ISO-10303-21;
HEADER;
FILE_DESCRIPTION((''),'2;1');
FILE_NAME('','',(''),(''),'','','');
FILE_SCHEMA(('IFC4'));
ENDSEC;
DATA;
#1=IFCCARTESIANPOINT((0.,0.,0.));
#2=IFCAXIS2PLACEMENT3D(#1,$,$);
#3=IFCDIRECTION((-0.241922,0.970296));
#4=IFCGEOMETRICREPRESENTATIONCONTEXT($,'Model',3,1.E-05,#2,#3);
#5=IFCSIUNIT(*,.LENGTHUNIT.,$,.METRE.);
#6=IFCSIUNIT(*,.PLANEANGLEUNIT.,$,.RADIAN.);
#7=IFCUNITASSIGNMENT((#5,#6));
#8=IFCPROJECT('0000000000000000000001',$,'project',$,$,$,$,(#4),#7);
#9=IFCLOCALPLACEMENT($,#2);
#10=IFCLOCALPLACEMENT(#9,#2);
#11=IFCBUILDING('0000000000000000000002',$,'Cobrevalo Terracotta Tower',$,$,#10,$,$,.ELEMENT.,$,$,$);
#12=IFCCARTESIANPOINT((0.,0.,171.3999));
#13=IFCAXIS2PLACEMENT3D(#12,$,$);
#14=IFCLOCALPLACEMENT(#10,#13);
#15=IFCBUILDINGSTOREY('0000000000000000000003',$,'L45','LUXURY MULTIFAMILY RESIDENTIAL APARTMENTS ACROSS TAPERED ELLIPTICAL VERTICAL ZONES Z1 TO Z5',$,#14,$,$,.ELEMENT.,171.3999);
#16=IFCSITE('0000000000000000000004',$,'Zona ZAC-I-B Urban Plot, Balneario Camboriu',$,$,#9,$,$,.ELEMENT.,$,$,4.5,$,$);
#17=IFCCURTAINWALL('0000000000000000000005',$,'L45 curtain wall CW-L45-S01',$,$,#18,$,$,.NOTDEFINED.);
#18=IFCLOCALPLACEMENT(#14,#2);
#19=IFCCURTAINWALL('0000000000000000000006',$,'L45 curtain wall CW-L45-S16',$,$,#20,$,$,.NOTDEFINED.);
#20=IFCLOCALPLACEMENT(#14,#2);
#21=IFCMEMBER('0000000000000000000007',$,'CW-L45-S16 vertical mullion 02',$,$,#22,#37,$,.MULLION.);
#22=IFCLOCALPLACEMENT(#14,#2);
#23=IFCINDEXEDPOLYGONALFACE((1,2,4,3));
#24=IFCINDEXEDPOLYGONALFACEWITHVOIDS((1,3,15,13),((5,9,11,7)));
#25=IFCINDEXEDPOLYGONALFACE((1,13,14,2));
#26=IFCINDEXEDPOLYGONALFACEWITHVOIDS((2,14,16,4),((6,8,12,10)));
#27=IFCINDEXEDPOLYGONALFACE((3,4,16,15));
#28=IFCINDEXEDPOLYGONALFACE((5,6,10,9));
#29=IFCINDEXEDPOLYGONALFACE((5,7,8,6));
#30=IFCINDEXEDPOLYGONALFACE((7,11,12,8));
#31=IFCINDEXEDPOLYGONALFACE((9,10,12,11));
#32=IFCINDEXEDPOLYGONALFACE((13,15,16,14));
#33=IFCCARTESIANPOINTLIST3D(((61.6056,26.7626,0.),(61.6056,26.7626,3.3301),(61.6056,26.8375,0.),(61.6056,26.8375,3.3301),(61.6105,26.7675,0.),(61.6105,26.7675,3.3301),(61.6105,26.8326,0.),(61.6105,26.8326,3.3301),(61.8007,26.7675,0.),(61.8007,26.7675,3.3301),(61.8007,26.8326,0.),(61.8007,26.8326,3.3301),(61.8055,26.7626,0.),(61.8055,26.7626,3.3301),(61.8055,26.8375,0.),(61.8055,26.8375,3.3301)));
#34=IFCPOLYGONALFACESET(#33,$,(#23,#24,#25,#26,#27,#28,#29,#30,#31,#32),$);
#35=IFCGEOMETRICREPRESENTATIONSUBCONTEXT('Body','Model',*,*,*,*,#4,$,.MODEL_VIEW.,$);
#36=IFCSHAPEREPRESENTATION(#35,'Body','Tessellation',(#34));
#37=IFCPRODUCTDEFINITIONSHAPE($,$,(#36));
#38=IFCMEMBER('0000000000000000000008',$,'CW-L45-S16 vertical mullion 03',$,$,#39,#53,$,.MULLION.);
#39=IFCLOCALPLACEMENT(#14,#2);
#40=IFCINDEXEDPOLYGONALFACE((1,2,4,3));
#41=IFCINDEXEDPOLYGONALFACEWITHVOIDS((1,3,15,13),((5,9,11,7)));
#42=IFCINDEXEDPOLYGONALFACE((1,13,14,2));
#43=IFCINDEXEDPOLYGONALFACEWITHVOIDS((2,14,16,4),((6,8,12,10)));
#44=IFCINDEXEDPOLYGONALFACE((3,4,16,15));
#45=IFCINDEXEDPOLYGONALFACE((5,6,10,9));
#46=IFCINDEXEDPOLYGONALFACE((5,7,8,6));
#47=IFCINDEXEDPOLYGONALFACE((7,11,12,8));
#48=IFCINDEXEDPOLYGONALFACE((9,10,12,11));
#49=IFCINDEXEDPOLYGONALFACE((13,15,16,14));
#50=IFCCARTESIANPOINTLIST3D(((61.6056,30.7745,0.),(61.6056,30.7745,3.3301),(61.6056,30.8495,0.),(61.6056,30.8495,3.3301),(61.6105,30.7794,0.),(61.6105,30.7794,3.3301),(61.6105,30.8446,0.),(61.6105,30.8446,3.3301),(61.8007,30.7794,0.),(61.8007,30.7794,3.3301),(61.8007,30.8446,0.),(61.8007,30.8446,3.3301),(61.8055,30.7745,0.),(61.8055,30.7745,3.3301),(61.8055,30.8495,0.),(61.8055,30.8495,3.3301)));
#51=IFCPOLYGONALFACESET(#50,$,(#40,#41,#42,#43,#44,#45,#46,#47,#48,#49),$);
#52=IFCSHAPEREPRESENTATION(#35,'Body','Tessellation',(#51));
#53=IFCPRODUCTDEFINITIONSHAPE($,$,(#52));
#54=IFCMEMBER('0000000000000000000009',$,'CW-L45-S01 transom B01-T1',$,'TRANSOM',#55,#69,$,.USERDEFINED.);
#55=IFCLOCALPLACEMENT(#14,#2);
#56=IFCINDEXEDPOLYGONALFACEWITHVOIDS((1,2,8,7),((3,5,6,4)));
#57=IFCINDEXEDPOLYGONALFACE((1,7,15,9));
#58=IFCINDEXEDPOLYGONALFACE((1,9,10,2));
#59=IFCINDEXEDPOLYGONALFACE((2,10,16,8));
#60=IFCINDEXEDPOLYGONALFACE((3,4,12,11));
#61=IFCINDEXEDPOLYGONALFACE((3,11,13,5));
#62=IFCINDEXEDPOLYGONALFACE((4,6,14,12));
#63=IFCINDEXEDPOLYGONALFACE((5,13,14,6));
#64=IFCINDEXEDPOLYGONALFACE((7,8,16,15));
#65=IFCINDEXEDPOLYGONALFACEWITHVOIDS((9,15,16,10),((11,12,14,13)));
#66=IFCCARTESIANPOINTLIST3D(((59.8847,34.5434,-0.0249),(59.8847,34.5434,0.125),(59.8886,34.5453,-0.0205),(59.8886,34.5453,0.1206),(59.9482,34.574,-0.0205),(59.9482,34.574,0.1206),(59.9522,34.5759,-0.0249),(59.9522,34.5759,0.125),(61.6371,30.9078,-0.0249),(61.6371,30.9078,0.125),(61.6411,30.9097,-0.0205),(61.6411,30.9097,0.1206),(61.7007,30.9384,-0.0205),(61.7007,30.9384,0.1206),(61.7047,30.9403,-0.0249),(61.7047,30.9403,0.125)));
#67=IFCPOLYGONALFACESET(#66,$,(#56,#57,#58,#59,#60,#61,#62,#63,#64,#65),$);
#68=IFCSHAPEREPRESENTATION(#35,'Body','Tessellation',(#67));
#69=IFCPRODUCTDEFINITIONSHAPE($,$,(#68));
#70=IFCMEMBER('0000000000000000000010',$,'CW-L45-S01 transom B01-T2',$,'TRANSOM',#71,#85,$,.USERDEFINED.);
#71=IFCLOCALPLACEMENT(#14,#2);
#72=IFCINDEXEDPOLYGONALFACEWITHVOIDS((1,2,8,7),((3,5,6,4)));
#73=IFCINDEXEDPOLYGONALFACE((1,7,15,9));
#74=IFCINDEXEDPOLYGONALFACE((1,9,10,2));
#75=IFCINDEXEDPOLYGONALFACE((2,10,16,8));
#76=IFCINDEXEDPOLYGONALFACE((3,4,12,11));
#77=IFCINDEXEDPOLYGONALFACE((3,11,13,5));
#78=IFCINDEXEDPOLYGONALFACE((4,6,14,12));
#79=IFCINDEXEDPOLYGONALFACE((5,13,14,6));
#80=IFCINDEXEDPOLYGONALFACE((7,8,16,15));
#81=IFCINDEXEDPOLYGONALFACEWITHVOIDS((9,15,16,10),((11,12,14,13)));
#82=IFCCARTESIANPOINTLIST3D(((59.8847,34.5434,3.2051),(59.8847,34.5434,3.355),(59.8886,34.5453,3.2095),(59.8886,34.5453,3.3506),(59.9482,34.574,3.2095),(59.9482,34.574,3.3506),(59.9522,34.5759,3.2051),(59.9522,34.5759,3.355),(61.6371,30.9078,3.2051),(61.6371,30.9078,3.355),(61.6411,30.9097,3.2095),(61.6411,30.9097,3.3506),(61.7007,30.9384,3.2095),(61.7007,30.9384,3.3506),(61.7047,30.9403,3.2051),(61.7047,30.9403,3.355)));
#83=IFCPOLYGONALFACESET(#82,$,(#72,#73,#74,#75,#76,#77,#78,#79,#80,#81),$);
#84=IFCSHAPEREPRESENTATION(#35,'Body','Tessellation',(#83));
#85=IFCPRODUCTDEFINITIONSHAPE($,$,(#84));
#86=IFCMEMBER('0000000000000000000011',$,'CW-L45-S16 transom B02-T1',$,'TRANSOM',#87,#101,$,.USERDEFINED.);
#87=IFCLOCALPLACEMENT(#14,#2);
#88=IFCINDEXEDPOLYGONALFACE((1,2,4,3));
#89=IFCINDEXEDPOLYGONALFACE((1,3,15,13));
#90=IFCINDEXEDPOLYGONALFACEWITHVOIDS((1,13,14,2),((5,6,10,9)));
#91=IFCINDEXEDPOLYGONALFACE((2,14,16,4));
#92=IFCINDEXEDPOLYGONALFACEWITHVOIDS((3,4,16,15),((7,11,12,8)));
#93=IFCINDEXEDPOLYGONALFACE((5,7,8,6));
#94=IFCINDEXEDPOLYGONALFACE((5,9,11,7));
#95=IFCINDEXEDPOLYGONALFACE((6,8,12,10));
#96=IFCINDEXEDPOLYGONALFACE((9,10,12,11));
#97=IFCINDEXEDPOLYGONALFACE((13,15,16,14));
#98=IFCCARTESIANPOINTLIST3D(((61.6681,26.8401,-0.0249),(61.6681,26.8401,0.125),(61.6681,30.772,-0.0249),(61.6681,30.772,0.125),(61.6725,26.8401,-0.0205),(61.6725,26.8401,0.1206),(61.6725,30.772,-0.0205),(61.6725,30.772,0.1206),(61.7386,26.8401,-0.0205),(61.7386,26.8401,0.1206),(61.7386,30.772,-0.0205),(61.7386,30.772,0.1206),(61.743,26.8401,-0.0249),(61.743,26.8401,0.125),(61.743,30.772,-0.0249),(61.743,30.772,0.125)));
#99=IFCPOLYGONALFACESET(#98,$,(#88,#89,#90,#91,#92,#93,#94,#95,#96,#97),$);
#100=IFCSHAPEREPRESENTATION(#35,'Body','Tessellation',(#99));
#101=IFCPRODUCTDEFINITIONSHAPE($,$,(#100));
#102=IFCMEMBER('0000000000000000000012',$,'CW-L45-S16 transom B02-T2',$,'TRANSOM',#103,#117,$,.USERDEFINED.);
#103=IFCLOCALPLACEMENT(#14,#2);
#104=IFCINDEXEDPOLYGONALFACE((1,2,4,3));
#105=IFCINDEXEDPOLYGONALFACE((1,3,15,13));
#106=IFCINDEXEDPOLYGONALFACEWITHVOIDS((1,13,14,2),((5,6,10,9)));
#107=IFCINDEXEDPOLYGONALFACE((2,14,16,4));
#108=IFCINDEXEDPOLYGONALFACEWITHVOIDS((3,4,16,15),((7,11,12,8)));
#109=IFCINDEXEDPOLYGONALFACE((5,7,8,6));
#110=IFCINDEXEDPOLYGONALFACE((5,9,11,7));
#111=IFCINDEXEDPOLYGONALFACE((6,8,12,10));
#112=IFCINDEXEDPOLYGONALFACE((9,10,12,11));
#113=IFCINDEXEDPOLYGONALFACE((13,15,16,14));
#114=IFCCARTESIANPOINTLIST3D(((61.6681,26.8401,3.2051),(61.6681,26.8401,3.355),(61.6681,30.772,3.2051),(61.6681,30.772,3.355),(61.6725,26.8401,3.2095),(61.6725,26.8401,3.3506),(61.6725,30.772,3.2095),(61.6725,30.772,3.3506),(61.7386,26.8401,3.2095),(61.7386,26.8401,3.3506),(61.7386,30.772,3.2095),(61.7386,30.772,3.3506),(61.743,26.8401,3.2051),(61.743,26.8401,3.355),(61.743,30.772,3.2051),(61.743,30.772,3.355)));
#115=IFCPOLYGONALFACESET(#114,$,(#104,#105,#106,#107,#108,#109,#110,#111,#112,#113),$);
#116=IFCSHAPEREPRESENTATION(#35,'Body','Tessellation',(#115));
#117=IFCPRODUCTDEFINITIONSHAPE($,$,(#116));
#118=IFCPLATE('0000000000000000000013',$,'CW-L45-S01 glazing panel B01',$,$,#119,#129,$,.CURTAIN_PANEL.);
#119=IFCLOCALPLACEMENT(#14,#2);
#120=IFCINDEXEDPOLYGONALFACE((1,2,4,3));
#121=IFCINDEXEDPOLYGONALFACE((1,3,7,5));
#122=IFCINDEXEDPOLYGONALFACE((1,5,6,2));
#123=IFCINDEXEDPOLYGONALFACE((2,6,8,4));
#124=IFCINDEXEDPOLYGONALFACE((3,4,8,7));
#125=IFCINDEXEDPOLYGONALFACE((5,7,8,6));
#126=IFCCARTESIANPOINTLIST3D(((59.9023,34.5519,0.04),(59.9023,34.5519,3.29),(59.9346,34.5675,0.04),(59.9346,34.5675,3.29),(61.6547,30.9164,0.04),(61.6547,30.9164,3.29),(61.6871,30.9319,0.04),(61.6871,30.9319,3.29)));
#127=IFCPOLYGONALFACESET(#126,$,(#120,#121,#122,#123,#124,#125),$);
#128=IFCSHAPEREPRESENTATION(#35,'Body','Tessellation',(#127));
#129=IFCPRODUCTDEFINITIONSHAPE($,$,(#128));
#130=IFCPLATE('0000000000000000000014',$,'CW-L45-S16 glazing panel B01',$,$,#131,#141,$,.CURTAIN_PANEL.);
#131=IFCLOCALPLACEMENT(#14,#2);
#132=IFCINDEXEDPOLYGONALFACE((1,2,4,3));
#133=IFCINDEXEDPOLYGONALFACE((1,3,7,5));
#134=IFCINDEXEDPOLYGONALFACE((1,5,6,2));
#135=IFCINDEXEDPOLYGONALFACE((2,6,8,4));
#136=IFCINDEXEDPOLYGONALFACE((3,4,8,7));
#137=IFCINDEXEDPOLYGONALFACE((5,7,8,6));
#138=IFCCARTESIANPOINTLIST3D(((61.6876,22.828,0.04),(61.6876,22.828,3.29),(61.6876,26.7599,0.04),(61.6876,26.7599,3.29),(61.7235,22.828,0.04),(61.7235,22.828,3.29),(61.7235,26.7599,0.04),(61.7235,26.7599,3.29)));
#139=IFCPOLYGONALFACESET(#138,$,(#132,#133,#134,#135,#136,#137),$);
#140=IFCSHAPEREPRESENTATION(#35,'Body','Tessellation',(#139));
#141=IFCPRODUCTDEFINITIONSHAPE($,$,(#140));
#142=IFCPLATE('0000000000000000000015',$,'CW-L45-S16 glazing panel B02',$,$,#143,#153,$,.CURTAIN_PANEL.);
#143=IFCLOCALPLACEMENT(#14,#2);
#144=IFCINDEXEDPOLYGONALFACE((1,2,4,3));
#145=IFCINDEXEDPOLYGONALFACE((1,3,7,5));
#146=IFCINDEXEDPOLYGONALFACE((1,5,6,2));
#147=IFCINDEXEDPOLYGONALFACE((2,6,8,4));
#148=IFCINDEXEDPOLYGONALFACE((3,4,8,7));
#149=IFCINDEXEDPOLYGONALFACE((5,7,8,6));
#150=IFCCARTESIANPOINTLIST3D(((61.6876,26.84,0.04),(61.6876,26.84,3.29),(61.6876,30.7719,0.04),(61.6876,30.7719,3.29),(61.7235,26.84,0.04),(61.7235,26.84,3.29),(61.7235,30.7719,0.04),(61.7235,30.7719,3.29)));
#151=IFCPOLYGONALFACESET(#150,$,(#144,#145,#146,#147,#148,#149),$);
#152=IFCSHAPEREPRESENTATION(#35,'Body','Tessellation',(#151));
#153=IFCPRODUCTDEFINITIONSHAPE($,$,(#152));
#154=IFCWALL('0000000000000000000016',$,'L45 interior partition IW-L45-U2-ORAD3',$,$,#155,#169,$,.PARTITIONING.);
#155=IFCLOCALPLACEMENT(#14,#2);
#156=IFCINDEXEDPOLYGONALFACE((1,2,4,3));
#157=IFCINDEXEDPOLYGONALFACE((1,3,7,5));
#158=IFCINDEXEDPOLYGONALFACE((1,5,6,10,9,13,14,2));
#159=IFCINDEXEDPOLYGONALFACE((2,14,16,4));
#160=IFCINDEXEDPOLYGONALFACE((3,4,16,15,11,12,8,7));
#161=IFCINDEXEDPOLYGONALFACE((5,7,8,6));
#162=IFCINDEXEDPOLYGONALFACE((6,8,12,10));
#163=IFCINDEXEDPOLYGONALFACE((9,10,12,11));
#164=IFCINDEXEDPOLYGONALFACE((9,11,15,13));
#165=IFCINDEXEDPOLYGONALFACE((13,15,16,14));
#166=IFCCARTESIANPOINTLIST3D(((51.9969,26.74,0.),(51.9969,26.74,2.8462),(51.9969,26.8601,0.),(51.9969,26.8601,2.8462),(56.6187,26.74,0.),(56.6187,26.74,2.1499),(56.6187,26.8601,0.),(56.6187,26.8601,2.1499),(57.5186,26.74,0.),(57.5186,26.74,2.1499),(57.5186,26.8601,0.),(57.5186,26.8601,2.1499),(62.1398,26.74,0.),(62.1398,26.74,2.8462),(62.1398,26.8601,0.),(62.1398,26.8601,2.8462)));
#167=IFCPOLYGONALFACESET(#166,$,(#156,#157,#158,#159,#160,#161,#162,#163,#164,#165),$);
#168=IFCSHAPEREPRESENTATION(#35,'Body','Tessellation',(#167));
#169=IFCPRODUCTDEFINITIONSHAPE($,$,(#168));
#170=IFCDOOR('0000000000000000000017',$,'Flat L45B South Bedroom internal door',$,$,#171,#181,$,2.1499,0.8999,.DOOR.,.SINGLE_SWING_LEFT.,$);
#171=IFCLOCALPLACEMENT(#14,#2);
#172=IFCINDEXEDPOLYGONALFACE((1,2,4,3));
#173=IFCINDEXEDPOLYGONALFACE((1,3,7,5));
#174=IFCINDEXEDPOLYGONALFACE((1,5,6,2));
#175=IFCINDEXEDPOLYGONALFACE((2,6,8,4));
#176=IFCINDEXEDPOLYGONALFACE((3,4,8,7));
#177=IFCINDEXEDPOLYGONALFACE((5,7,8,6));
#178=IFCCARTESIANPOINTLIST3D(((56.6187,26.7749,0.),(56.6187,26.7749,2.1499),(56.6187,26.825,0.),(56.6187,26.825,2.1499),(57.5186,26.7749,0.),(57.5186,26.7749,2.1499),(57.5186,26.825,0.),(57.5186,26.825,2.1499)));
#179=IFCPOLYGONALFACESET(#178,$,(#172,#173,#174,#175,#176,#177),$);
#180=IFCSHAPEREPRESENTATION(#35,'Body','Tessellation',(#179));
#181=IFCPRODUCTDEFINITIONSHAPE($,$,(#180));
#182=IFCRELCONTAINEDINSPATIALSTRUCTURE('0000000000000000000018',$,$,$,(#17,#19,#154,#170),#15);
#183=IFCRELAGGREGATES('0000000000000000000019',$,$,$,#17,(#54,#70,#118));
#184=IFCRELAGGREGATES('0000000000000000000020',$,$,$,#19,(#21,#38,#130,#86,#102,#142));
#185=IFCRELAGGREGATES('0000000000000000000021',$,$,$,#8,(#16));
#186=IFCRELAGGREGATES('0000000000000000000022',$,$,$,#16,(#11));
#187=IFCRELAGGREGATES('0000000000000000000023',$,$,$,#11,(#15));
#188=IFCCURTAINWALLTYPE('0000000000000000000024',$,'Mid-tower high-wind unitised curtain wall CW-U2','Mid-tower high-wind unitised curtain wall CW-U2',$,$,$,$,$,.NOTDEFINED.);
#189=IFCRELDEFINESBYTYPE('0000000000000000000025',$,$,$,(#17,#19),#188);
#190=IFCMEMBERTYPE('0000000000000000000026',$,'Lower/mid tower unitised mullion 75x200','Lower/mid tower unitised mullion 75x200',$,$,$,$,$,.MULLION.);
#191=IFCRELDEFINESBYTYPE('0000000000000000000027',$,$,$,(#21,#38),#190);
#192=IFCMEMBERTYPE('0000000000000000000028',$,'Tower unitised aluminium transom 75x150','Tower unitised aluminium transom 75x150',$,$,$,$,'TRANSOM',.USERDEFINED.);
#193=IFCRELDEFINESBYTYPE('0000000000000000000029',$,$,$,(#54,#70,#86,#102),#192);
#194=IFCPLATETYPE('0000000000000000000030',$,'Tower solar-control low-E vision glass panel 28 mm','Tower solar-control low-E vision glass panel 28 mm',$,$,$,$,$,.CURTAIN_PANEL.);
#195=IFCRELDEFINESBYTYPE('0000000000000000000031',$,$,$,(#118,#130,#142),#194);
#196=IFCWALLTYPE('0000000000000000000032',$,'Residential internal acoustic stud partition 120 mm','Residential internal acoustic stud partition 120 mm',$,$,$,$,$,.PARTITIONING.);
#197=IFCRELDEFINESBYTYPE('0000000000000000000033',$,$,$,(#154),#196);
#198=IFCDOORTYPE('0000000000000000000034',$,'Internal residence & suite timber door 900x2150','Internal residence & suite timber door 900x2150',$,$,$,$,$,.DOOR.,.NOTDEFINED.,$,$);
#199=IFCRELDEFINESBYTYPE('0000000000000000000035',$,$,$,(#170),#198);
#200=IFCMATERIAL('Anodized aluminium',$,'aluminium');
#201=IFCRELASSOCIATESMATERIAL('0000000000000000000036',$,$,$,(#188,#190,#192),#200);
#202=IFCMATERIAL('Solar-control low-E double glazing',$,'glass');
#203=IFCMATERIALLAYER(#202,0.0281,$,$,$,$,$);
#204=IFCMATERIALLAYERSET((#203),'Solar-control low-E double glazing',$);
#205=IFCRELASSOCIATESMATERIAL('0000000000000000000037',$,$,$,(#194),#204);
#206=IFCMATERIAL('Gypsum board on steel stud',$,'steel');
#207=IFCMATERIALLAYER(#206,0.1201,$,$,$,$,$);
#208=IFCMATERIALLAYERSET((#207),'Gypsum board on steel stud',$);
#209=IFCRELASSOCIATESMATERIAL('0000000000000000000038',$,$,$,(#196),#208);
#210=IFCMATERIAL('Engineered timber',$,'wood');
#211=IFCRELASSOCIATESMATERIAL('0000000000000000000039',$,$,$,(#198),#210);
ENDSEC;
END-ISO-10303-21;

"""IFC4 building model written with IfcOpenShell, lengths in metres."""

from ifc_helpers import new_model, si_unit, direction, frame, frame_2d, origin, origin_2d, place, context, subcontext, project, spatial, rectangle, hollow_rectangle, extrude, source, transform, mapped, material, layer, layer_set, material_profile, profile_set, type_object, element, fill, aggregate, save


model = new_model("IFC4")

# Units and contexts
model_context = context("Model", 3, precision=1e-05, world=origin(), true_north=direction((-0.241922, 0.970296)))
body_context = subcontext(model_context, "Body", "Model", "MODEL_VIEW")
ifc_project = project(units=[si_unit("LENGTHUNIT", "METRE"), si_unit("PLANEANGLEUNIT", "RADIAN")], contexts=[model_context])

# Site, building, storey
site_placement = place(None, origin())
site = spatial("IfcSite", under=ifc_project, at=site_placement, Name="Zona ZAC-I-B Urban Plot, Balneario Camboriu", CompositionType="ELEMENT", RefElevation=4.5)
building_placement = place(site_placement, origin())
building = spatial("IfcBuilding", under=site, at=building_placement, Name="Cobrevalo Terracotta Tower", CompositionType="ELEMENT")
storey_placement = place(building_placement, frame((0.0, 0.0, 171.3999)))
storey = spatial("IfcBuildingStorey", under=building, at=storey_placement, Name="L45", Description="LUXURY MULTIFAMILY RESIDENTIAL APARTMENTS ACROSS TAPERED ELLIPTICAL VERTICAL ZONES Z1 TO Z5", CompositionType="ELEMENT", Elevation=171.3999)

# Curtain wall
ifc_material_1 = material(Name="Anodized aluminium", Category="aluminium")
curtain_wall_type = type_object("IfcCurtainWallType", Name="Mid-tower high-wind unitised curtain wall CW-U2", Description="Mid-tower high-wind unitised curtain wall CW-U2", PredefinedType="NOTDEFINED", material=ifc_material_1)
curtain_wall_1_placement = place(storey_placement, origin())
curtain_wall_1 = element("IfcCurtainWall", 1, at=curtain_wall_1_placement, inside=storey, type_object=curtain_wall_type, Name="L45 curtain wall CW-L45-S01", PredefinedType="NOTDEFINED")
ifc_material_profile_1 = material_profile(ifc_material_1, hollow_rectangle(XDim=0.075, YDim=0.2, WallThickness=0.0049, at=origin_2d()), Name="CWM 75x200")
ifc_profile_set_1 = profile_set([ifc_material_profile_1], Name="Anodized aluminium")
member_type_1 = type_object("IfcMemberType", Name="Lower/mid tower unitised mullion 75x200", Description="Lower/mid tower unitised mullion 75x200", PredefinedType="MULLION", material=ifc_profile_set_1)
shared_shape_1 = source(origin(), body_context, "Body", "SweptSolid", [
    extrude(hollow_rectangle(XDim=0.075, YDim=0.2, WallThickness=0.0049, at=origin_2d()), origin(), (0.0, 0.0, 1.0), 3.3301),
])

# Curtain wall, members
curtain_wall_2_placement = place(storey_placement, origin())
curtain_wall_2 = element("IfcCurtainWall", 2, at=curtain_wall_2_placement, inside=storey, type_object=curtain_wall_type, Name="L45 curtain wall CW-L45-S16", PredefinedType="NOTDEFINED")
member_1_placement = place(storey_placement, frame((61.7056, 26.8, 0.0), z_axis=(0.0, 0.0, 1.0), x_axis=(0.0, 1.0, 0.0)))
member_1 = element("IfcMember", 3, at=member_1_placement, type_object=member_type_1, Name="CW-L45-S16 vertical mullion 02", PredefinedType="MULLION", context=body_context, shape_type="MappedRepresentation", body=[
    mapped(shared_shape_1, transform((0.0, 0.0, 0.0), scale=1.0)),
])
member_2_placement = place(storey_placement, frame((61.7056, 30.812, 0.0), z_axis=(0.0, 0.0, 1.0), x_axis=(0.0, 1.0, 0.0)))
member_2 = element("IfcMember", 4, at=member_2_placement, type_object=member_type_1, Name="CW-L45-S16 vertical mullion 03", PredefinedType="MULLION", context=body_context, shape_type="MappedRepresentation", body=[
    mapped(shared_shape_1, transform((0.0, 0.0, 0.0), scale=1.0)),
])

# Members
ifc_material_profile_2 = material_profile(ifc_material_1, hollow_rectangle(XDim=0.075, YDim=0.1499, WallThickness=0.0044, at=origin_2d()), Name="CWT 75x150")
ifc_profile_set_2 = profile_set([ifc_material_profile_2], Name="Anodized aluminium")
member_type_2 = type_object("IfcMemberType", Name="Tower unitised aluminium transom 75x150", Description="Tower unitised aluminium transom 75x150", ElementType="TRANSOM", PredefinedType="USERDEFINED", material=ifc_profile_set_2)
shared_shape_2 = source(origin(), body_context, "Body", "SweptSolid", [
    extrude(hollow_rectangle(XDim=0.075, YDim=0.1499, WallThickness=0.0044, at=origin_2d()), origin(), (0.0, 0.0, 1.0), 4.0359),
])
member_3_placement = place(storey_placement, frame((61.6709, 30.9241, 0.05), z_axis=(-0.434221, 0.900806, 0.0), x_axis=(-0.900806, -0.434221, 0.0)))
member_3 = element("IfcMember", 5, at=member_3_placement, type_object=member_type_2, Name="CW-L45-S01 transom B01-T1", ObjectType="TRANSOM", PredefinedType="USERDEFINED", context=body_context, shape_type="MappedRepresentation", body=[
    mapped(shared_shape_2, transform((0.0, 0.0, 0.0), scale=1.0)),
])
member_4_placement = place(storey_placement, frame((61.6709, 30.9241, 3.28), z_axis=(-0.434221, 0.900806, 0.0), x_axis=(-0.900806, -0.434221, 0.0)))
member_4 = element("IfcMember", 6, at=member_4_placement, type_object=member_type_2, Name="CW-L45-S01 transom B01-T2", ObjectType="TRANSOM", PredefinedType="USERDEFINED", context=body_context, shape_type="MappedRepresentation", body=[
    mapped(shared_shape_2, transform((0.0, 0.0, 0.0), scale=1.0)),
])
shared_shape_3 = source(origin(), body_context, "Body", "SweptSolid", [
    extrude(hollow_rectangle(XDim=0.075, YDim=0.1499, WallThickness=0.0044, at=origin_2d()), origin(), (0.0, 0.0, 1.0), 3.9319),
])
member_5_placement = place(storey_placement, frame((61.7056, 26.8401, 0.05), z_axis=(0.0, 1.0, 0.0), x_axis=(-1.0, 0.0, 0.0)))
member_5 = element("IfcMember", 7, at=member_5_placement, type_object=member_type_2, Name="CW-L45-S16 transom B02-T1", ObjectType="TRANSOM", PredefinedType="USERDEFINED", context=body_context, shape_type="MappedRepresentation", body=[
    mapped(shared_shape_3, transform((0.0, 0.0, 0.0), scale=1.0)),
])
member_6_placement = place(storey_placement, frame((61.7056, 26.8401, 3.28), z_axis=(0.0, 1.0, 0.0), x_axis=(-1.0, 0.0, 0.0)))
member_6 = element("IfcMember", 8, at=member_6_placement, type_object=member_type_2, Name="CW-L45-S16 transom B02-T2", ObjectType="TRANSOM", PredefinedType="USERDEFINED", context=body_context, shape_type="MappedRepresentation", body=[
    mapped(shared_shape_3, transform((0.0, 0.0, 0.0), scale=1.0)),
])

# Plates
ifc_material_2 = material(Name="Solar-control low-E double glazing", Category="glass")
ifc_layer_1 = layer(ifc_material_2, 0.0281)
ifc_layer_set_1 = layer_set([ifc_layer_1], Name="Solar-control low-E double glazing")
plate_type = type_object("IfcPlateType", Name="Tower solar-control low-E vision glass panel 28 mm", Description="Tower solar-control low-E vision glass panel 28 mm", PredefinedType="CURTAIN_PANEL", material=ifc_layer_set_1)
shared_shape_4 = source(origin(), body_context, "Body", "SweptSolid", [
    extrude(rectangle(XDim=4.0359, YDim=0.0359, at=origin_2d()), origin(), (0.0, 0.0, 1.0), 3.25),
])
plate_1_placement = place(storey_placement, frame((60.7947, 32.7419, 0.04), z_axis=(0.0, 0.0, 1.0), x_axis=(-0.434209, 0.900812, 0.0)))
plate_1 = element("IfcPlate", 9, at=plate_1_placement, type_object=plate_type, Name="CW-L45-S01 glazing panel B01", PredefinedType="CURTAIN_PANEL", context=body_context, shape_type="MappedRepresentation", body=[
    mapped(shared_shape_4, transform((0.0, 0.0, 0.0), scale=1.0)),
])
aggregate(curtain_wall_1, [member_3, member_4, plate_1])
shared_shape_5 = source(origin(), body_context, "Body", "SweptSolid", [
    extrude(rectangle(XDim=3.9319, YDim=0.0359, at=origin_2d()), origin(), (0.0, 0.0, 1.0), 3.25),
])
plate_2_placement = place(storey_placement, frame((61.7056, 24.7939, 0.04), z_axis=(0.0, 0.0, 1.0), x_axis=(0.0, 1.0, 0.0)))
plate_2 = element("IfcPlate", 10, at=plate_2_placement, type_object=plate_type, Name="CW-L45-S16 glazing panel B01", PredefinedType="CURTAIN_PANEL", context=body_context, shape_type="MappedRepresentation", body=[
    mapped(shared_shape_5, transform((0.0, 0.0, 0.0), scale=1.0)),
])
plate_3_placement = place(storey_placement, frame((61.7056, 28.8059, 0.04), z_axis=(0.0, 0.0, 1.0), x_axis=(0.0, 1.0, 0.0)))
plate_3 = element("IfcPlate", 11, at=plate_3_placement, type_object=plate_type, Name="CW-L45-S16 glazing panel B02", PredefinedType="CURTAIN_PANEL", context=body_context, shape_type="MappedRepresentation", body=[
    mapped(shared_shape_5, transform((0.0, 0.0, 0.0), scale=1.0)),
])
aggregate(curtain_wall_2, [member_1, member_2, plate_2, member_5, member_6, plate_3])

# Wall, opening, door
ifc_material_3 = material(Name="Gypsum board on steel stud", Category="steel")
ifc_layer_2 = layer(ifc_material_3, 0.1201)
ifc_layer_set_2 = layer_set([ifc_layer_2], Name="Gypsum board on steel stud")
wall_type = type_object("IfcWallType", Name="Residential internal acoustic stud partition 120 mm", Description="Residential internal acoustic stud partition 120 mm", PredefinedType="PARTITIONING", material=ifc_layer_set_2)
wall_1_placement = place(storey_placement, frame((51.9971, 26.8, 0.0), z_axis=(0.0, 0.0, 1.0), x_axis=(1.0, 0.0, 0.0)))
wall_1 = element("IfcWall", 12, at=wall_1_placement, inside=storey, type_object=wall_type, Name="L45 interior partition IW-L45-U2-ORAD3", PredefinedType="PARTITIONING", context=body_context, shape_type="SweptSolid", body=[
    extrude(rectangle(XDim=10.1428, YDim=0.1201, at=frame_2d((5.0713, 0.0))), origin(), (0.0, 0.0, 1.0), 2.8462),
])
opening_1_placement = place(wall_1_placement, frame((4.6216, 0.0, 0.0)))
opening_1 = element("IfcOpeningElement", 13, at=opening_1_placement, cuts=wall_1, PredefinedType="OPENING", context=body_context, shape_type="SweptSolid", body=[
    extrude(rectangle(XDim=0.8999, YDim=2.1499, at=frame_2d((0.45, 1.075))), frame((0.0, 0.0701, 0.0), z_axis=(0.0, -1.0, 0.0), x_axis=(1.0, 0.0, 0.0)), (0.0, 0.0, 1.0), 0.1401),
])
ifc_material_4 = material(Name="Engineered timber", Category="wood")
door_type = type_object("IfcDoorType", Name="Internal residence & suite timber door 900x2150", Description="Internal residence & suite timber door 900x2150", OperationType="NOTDEFINED", PredefinedType="DOOR", material=ifc_material_4)
shared_shape_6 = source(origin(), body_context, "Body", "SweptSolid", [
    extrude(rectangle(XDim=0.8999, YDim=2.1499, at=frame_2d((0.45, 1.075))), frame((0.0, 0.0249, 0.0), z_axis=(0.0, -1.0, 0.0), x_axis=(1.0, 0.0, 0.0)), (0.0, 0.0, 1.0), 0.05),
])
door_1_placement = place(opening_1_placement, origin())
door_1 = element("IfcDoor", 14, at=door_1_placement, inside=storey, type_object=door_type, Name="Flat L45B South Bedroom internal door", OperationType="SINGLE_SWING_LEFT", OverallHeight=2.1499, OverallWidth=0.8999, PredefinedType="DOOR", context=body_context, shape_type="MappedRepresentation", body=[
    mapped(shared_shape_6, transform((0.0, 0.0, 0.0), scale=1.0)),
])
fill(opening_1, door_1)

save(model, "model.ifc")
